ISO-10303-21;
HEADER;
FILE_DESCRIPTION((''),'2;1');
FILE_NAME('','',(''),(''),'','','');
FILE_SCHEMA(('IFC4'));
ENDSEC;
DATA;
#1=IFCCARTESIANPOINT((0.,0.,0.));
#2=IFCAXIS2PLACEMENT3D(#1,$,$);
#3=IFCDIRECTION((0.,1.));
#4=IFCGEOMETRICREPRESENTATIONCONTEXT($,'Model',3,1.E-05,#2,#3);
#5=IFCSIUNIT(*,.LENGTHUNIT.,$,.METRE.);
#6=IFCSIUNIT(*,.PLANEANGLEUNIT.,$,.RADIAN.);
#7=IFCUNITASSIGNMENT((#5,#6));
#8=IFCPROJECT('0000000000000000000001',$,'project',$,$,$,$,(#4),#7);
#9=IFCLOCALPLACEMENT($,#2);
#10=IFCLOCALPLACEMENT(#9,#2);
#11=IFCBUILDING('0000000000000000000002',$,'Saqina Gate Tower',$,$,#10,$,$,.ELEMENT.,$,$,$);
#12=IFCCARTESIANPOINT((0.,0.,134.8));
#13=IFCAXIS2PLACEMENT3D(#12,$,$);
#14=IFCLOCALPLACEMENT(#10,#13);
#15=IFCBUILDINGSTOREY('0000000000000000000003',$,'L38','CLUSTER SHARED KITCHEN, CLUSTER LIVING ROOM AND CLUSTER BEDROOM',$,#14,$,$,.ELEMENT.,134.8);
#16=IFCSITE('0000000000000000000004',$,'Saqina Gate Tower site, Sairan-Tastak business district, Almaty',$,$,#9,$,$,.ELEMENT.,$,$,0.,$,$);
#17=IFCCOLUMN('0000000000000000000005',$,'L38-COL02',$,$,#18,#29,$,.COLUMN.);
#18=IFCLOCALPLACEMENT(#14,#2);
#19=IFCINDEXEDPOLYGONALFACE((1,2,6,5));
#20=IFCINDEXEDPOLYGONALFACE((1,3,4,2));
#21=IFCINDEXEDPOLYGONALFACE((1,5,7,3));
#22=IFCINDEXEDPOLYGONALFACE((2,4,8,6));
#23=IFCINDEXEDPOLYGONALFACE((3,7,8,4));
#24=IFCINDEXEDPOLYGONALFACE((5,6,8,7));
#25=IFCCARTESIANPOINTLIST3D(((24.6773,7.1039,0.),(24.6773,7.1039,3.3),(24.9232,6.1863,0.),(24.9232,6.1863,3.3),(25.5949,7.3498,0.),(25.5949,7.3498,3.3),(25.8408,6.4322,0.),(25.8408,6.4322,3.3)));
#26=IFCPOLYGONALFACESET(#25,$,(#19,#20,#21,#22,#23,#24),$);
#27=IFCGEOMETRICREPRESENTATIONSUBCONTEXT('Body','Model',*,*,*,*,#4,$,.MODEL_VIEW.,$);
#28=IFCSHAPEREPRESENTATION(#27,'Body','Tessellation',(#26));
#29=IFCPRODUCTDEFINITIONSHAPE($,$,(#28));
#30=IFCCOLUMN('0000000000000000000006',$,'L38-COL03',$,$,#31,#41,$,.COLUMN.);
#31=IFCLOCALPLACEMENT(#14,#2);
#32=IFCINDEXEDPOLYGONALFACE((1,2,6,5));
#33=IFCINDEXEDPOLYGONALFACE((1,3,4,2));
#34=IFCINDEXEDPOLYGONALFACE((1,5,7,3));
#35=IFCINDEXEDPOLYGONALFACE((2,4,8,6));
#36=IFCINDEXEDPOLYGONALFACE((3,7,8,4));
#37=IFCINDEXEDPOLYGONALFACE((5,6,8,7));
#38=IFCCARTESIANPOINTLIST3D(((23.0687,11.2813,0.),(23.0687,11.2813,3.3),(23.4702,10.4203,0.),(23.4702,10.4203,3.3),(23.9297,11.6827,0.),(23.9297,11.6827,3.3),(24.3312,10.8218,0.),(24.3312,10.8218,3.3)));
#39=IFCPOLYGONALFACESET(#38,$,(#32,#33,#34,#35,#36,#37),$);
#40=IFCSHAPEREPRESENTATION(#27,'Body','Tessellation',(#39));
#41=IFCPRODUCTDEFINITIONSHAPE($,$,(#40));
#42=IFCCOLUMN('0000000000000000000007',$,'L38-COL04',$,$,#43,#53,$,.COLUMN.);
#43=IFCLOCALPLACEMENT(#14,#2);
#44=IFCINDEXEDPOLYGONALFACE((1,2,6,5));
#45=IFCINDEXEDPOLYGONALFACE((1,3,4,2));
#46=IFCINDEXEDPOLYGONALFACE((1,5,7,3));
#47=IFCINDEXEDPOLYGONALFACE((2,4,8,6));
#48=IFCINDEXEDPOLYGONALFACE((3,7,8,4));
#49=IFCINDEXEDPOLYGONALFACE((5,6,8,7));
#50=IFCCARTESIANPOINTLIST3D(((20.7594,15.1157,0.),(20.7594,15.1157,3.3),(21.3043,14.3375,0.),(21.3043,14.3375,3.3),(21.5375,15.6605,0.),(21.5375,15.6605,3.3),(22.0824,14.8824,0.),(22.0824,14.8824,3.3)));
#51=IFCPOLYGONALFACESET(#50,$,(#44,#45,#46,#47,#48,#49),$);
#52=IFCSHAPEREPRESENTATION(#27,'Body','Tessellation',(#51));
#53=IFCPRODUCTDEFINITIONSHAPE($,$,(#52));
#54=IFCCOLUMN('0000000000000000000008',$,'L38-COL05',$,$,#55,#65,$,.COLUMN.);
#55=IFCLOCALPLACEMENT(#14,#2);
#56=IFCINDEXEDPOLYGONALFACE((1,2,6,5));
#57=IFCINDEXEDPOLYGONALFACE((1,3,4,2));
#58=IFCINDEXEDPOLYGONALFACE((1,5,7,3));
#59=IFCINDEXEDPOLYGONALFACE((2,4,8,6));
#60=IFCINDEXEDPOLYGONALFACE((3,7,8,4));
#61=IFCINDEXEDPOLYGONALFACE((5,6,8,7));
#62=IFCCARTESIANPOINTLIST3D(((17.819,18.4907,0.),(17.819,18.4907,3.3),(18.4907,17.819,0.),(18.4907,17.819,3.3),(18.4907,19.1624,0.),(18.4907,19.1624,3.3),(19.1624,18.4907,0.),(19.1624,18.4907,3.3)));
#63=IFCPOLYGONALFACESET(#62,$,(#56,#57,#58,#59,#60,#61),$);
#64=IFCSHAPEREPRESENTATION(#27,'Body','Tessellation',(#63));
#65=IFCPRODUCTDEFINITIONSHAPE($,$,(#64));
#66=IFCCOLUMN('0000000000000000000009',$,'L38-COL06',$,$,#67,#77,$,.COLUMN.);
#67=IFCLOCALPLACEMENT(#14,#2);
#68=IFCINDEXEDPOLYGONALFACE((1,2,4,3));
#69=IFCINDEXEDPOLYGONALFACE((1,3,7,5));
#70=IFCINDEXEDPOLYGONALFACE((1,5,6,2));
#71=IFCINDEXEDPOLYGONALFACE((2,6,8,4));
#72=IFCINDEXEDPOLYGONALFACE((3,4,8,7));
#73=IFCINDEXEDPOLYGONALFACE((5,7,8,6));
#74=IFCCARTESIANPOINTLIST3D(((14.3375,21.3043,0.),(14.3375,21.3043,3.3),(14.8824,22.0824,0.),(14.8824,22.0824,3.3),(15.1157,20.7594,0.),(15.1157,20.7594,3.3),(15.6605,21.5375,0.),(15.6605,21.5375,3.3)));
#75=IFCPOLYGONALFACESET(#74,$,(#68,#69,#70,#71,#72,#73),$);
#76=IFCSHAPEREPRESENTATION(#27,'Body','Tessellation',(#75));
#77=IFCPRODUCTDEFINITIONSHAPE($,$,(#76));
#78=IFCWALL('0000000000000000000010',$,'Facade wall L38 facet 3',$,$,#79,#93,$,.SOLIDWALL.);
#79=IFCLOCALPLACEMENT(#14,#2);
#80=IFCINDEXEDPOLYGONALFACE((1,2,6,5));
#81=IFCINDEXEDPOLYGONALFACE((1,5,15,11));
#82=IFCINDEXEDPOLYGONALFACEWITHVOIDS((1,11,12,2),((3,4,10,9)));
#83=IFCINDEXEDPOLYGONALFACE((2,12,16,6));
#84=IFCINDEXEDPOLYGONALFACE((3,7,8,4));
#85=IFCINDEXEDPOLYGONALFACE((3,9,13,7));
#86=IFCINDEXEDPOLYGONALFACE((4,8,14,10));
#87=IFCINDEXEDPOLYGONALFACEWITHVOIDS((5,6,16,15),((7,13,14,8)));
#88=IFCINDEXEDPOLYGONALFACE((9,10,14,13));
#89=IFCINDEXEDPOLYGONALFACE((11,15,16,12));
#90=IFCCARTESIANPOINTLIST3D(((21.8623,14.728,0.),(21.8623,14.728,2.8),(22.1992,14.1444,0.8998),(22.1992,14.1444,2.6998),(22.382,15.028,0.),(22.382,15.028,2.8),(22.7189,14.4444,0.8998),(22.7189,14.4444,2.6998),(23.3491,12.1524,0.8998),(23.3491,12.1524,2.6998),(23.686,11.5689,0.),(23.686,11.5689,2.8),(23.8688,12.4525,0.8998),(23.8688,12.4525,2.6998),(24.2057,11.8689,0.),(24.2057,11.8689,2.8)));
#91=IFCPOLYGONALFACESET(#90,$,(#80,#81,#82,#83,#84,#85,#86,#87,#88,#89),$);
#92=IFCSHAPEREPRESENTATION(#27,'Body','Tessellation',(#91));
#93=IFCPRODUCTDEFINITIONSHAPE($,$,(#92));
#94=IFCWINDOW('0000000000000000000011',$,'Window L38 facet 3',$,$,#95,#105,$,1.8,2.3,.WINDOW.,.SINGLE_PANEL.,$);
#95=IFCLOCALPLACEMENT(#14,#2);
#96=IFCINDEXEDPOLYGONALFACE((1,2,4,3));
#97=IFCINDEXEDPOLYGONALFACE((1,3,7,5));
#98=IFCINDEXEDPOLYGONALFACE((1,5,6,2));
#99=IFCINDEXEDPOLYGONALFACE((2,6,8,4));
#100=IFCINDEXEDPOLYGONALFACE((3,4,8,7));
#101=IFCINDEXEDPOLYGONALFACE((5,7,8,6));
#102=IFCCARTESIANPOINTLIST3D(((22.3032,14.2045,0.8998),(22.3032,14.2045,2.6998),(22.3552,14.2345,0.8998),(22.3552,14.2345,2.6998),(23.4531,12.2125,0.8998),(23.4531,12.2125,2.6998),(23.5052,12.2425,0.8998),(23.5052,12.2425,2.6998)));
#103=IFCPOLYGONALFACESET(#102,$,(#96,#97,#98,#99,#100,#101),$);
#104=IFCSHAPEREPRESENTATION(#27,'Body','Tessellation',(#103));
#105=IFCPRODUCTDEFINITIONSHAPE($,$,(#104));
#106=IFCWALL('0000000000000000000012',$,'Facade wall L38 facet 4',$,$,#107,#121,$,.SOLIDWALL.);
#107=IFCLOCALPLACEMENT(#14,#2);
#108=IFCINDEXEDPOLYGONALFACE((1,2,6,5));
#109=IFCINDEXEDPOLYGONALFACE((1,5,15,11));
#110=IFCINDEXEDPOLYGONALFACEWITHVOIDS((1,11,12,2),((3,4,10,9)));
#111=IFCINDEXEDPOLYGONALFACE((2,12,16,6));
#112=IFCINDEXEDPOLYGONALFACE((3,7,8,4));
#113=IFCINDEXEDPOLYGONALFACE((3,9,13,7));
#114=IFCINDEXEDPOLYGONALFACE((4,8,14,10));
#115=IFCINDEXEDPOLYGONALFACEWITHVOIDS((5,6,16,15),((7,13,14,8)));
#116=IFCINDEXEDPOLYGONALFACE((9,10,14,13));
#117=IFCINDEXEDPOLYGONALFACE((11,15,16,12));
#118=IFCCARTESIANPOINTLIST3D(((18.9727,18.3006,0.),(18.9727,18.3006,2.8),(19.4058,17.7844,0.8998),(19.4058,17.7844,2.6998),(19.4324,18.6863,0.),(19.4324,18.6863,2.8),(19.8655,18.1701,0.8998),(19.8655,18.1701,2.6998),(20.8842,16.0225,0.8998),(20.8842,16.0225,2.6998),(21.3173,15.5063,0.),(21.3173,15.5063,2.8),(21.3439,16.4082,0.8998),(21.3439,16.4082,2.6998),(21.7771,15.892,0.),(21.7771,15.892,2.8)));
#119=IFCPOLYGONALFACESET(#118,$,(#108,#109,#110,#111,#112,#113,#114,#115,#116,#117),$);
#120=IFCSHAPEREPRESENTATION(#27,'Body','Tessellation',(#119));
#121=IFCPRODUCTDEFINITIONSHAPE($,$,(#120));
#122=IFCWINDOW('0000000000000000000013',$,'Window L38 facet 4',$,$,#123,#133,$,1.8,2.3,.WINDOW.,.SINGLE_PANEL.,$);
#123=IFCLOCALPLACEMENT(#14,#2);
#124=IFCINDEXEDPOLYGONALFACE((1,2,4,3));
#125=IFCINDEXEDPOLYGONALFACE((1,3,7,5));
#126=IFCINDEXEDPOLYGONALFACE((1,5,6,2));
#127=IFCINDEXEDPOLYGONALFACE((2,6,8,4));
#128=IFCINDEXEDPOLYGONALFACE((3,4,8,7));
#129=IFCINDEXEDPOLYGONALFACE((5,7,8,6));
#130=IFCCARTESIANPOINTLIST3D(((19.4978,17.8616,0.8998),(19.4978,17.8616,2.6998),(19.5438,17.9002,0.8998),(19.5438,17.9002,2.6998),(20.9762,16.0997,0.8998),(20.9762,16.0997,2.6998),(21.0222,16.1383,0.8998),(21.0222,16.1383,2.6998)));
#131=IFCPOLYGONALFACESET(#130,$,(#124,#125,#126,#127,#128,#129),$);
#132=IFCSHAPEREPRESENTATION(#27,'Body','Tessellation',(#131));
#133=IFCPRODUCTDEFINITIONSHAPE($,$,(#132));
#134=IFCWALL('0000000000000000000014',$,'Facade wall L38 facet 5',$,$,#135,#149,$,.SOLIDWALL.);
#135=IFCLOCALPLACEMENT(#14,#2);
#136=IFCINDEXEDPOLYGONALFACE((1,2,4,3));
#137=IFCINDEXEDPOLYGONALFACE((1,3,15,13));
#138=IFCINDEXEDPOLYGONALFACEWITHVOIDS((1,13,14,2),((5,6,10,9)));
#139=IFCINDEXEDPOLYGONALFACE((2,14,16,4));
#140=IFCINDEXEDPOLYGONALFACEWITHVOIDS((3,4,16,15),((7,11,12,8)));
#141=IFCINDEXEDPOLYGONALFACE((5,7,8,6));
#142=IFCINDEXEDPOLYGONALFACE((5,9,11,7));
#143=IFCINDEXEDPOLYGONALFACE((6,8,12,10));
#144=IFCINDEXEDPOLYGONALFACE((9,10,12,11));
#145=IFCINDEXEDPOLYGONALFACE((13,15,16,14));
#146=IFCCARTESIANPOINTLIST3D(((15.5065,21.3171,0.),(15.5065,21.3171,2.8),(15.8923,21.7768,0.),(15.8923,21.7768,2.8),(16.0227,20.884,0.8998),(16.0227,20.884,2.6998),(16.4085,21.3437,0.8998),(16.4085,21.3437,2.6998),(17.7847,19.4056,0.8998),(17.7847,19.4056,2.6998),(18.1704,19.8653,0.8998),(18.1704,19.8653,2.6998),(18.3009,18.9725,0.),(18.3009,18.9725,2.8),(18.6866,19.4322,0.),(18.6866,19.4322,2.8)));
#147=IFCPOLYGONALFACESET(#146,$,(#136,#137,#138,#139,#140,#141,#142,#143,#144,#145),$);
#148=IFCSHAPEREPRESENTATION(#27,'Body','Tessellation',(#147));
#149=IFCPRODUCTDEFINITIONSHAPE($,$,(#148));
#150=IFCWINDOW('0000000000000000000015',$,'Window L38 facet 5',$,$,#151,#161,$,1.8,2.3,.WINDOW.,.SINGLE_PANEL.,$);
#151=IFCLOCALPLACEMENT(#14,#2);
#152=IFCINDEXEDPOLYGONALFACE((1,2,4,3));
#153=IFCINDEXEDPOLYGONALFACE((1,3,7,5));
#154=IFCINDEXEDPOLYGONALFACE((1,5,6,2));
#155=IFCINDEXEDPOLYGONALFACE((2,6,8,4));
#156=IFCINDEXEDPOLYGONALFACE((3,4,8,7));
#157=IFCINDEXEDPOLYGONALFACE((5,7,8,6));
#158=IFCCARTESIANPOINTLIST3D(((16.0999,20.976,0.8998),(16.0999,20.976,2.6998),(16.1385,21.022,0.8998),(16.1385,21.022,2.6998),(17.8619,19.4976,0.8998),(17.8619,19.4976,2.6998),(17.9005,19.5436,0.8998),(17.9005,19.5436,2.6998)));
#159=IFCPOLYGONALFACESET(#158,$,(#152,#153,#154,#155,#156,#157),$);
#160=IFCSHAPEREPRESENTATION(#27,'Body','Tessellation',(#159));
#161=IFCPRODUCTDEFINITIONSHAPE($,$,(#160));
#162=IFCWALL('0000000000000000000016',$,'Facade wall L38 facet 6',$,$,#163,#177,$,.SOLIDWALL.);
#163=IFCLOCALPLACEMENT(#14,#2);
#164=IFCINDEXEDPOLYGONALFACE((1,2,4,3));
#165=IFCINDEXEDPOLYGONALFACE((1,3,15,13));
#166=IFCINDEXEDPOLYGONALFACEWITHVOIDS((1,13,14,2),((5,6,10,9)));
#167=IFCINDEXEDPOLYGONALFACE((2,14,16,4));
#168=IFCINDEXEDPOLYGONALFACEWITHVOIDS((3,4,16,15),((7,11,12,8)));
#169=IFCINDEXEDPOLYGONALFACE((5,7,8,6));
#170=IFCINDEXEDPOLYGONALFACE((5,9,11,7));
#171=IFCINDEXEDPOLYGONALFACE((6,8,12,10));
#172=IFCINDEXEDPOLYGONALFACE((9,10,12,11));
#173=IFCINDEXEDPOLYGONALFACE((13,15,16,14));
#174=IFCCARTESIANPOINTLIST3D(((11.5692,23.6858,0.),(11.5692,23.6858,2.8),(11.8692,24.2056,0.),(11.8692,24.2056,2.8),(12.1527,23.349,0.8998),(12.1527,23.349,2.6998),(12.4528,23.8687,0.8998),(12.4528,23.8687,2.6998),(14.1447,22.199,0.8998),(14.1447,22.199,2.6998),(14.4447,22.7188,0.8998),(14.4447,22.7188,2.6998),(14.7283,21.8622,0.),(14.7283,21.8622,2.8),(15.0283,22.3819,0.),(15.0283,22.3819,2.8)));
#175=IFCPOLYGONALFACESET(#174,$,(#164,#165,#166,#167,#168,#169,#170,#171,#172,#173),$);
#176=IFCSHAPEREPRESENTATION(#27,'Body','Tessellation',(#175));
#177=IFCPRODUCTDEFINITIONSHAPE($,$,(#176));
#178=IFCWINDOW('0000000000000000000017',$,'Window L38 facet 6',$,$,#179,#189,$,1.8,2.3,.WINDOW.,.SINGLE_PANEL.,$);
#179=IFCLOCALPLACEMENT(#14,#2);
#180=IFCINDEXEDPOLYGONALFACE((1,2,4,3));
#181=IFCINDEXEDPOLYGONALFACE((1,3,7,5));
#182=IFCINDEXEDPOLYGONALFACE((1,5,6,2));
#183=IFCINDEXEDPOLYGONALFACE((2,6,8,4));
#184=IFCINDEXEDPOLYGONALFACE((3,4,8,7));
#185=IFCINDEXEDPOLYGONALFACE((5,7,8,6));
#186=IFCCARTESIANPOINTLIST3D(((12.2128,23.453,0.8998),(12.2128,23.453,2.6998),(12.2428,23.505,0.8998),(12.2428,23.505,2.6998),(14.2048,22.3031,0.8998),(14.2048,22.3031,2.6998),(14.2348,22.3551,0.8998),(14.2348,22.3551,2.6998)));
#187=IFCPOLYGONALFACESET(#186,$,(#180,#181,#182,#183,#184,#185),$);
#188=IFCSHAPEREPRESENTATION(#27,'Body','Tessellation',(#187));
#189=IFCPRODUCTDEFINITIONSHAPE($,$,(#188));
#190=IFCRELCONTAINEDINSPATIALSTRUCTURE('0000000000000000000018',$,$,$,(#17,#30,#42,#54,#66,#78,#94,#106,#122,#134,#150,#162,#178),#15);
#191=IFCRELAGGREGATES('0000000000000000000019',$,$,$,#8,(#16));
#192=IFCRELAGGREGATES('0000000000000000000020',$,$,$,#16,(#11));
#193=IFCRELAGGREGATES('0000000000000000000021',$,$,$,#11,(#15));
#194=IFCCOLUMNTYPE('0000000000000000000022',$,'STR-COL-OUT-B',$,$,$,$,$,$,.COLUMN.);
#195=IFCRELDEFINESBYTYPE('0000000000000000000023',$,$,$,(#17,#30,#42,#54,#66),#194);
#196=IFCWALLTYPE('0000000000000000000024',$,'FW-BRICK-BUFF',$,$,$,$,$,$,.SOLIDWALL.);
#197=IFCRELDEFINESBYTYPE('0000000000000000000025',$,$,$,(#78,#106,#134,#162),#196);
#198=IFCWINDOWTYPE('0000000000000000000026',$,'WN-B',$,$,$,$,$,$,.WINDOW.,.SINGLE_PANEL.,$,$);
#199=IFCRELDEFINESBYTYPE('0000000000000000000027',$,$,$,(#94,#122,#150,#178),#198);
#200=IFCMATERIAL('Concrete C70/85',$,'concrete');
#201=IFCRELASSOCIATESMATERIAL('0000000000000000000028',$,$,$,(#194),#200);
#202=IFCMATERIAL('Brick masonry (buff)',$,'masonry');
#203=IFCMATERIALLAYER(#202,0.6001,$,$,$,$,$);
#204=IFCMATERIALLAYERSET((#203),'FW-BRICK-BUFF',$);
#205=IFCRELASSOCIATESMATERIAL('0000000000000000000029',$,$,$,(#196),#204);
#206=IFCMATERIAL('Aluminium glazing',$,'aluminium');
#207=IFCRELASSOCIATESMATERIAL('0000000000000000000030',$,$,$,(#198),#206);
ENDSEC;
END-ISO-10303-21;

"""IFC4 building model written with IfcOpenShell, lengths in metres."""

from ifc_helpers import new_model, si_unit, direction, frame, frame_2d, origin, origin_2d, place, context, subcontext, project, spatial, rectangle, extrude, material, layer, layer_set, material_profile, profile_set, type_object, element, fill, save


model = new_model("IFC4")

# Units and contexts
model_context = context("Model", 3, precision=1e-05, world=origin(), true_north=direction((0.0, 1.0)))
body_context = subcontext(model_context, "Body", "Model", "MODEL_VIEW")
ifc_project = project(units=[si_unit("LENGTHUNIT", "METRE"), si_unit("PLANEANGLEUNIT", "RADIAN")], contexts=[model_context])

# Site, building, storey
site_placement = place(None, origin())
site = spatial("IfcSite", under=ifc_project, at=site_placement, Name="Saqina Gate Tower site, Sairan-Tastak business district, Almaty", CompositionType="ELEMENT", RefElevation=0.0)
building_placement = place(site_placement, origin())
building = spatial("IfcBuilding", under=site, at=building_placement, Name="Saqina Gate Tower", CompositionType="ELEMENT")
storey_placement = place(building_placement, frame((0.0, 0.0, 134.8)))
storey = spatial("IfcBuildingStorey", under=building, at=storey_placement, Name="L38", Description="CLUSTER SHARED KITCHEN, CLUSTER LIVING ROOM AND CLUSTER BEDROOM", CompositionType="ELEMENT", Elevation=134.8)

# Columns
ifc_material_1 = material(Name="Concrete C70/85", Category="concrete")
ifc_material_profile = material_profile(ifc_material_1, rectangle(XDim=0.95, YDim=0.95, at=origin_2d()), Name="RC 950x950")
ifc_profile_set = profile_set([ifc_material_profile], Name="Concrete C70/85")
column_type = type_object("IfcColumnType", Name="STR-COL-OUT-B", PredefinedType="COLUMN", material=ifc_profile_set)
for number, where, z_axis, x_axis, name in (
    (1, (25.259, 6.7681, 0.0), (0.0, 0.0, 1.0), (0.965926, 0.258819, 0.0), "L38-COL02"),
    (2, (23.7, 11.0515, 0.0), (0.0, 0.0, 1.0), (0.906308, 0.422618, 0.0), "L38-COL03"),
    (3, (21.4209, 14.999, 0.0), (0.0, 0.0, 1.0), (0.819152, 0.573576, 0.0), "L38-COL04"),
    (4, (18.4907, 18.4907, 0.0), (0.0, 0.0, 1.0), (0.707107, 0.707107, 0.0), "L38-COL05"),
    (5, (14.999, 21.4209, 0.0), (0.0, 0.0, 1.0), (0.573576, 0.819152, 0.0), "L38-COL06"),
):
    element("IfcColumn", number, at=place(storey_placement, frame(where, z_axis=z_axis, x_axis=x_axis)), inside=storey, type_object=column_type, Name=name, PredefinedType="COLUMN", context=body_context, shape_type="SweptSolid", body=[
        extrude(rectangle(XDim=0.95, YDim=0.95, at=origin_2d()), origin(), (0.0, 0.0, 1.0), 3.3),
    ])

# Walls, openings, windows
ifc_material_2 = material(Name="Brick masonry (buff)", Category="masonry")
ifc_layer_1 = layer(ifc_material_2, 0.6001)
ifc_layer_set_1 = layer_set([ifc_layer_1], Name="FW-BRICK-BUFF")
wall_type_1 = type_object("IfcWallType", Name="FW-BRICK-BUFF", PredefinedType="SOLIDWALL", material=ifc_layer_set_1)
wall_1_placement = place(storey_placement, frame((23.9458, 11.719, 0.0), z_axis=(0.0, 0.0, 1.0), x_axis=(-0.499954, 0.866052, 0.0)))
wall_1 = element("IfcWall", 6, at=wall_1_placement, inside=storey, type_object=wall_type_1, Name="Facade wall L38 facet 3", PredefinedType="SOLIDWALL", context=body_context, shape_type="SweptSolid", body=[
    extrude(rectangle(XDim=3.6477, YDim=0.6001, at=frame_2d((1.8237, 0.0))), origin(), (0.0, 0.0, 1.0), 2.8),
])
opening_1_placement = place(wall_1_placement, frame((0.6738, 0.0, 0.8999)))
opening_1 = element("IfcOpeningElement", 7, at=opening_1_placement, cuts=wall_1, PredefinedType="OPENING", context=body_context, shape_type="SweptSolid", body=[
    extrude(rectangle(XDim=2.3, YDim=1.8, at=frame_2d((1.1499, 0.8999))), frame((0.0, 0.312, 0.0), z_axis=(0.0, -1.0, 0.0), x_axis=(1.0, 0.0, 0.0)), (0.0, 0.0, 1.0), 0.624),
])
ifc_material_3 = material(Name="Aluminium glazing", Category="aluminium")
window_type = type_object("IfcWindowType", Name="WN-B", PartitioningType="SINGLE_PANEL", PredefinedType="WINDOW", material=ifc_material_3)
window_1_placement = place(opening_1_placement, origin())
window_1 = element("IfcWindow", 8, at=window_1_placement, inside=storey, type_object=window_type, Name="Window L38 facet 3", OverallHeight=1.8, OverallWidth=2.3, PartitioningType="SINGLE_PANEL", PredefinedType="WINDOW", context=body_context, shape_type="SweptSolid", body=[
    extrude(rectangle(XDim=2.3, YDim=1.8, at=frame_2d((1.1499, 0.8999))), frame((0.0, 0.1799, 0.0), z_axis=(0.0, -1.0, 0.0), x_axis=(1.0, 0.0, 0.0)), (0.0, 0.0, 1.0), 0.0601),
])
fill(opening_1, window_1)
wall_2_placement = place(storey_placement, frame((21.5471, 15.6992, 0.0), z_axis=(0.0, 0.0, 1.0), x_axis=(-0.642774, 0.766055, 0.0)))
wall_2 = element("IfcWall", 9, at=wall_2_placement, inside=storey, type_object=wall_type_1, Name="Facade wall L38 facet 4", PredefinedType="SOLIDWALL", context=body_context, shape_type="SweptSolid", body=[
    extrude(rectangle(XDim=3.6477, YDim=0.6001, at=frame_2d((1.8237, 0.0))), origin(), (0.0, 0.0, 1.0), 2.8),
])
opening_2_placement = place(wall_2_placement, frame((0.6738, 0.0, 0.8999)))
opening_2 = element("IfcOpeningElement", 10, at=opening_2_placement, cuts=wall_2, PredefinedType="OPENING", context=body_context, shape_type="SweptSolid", body=[
    extrude(rectangle(XDim=2.3, YDim=1.8, at=frame_2d((1.1499, 0.8999))), frame((0.0, 0.312, 0.0), z_axis=(0.0, -1.0, 0.0), x_axis=(1.0, 0.0, 0.0)), (0.0, 0.0, 1.0), 0.624),
])
window_2_placement = place(opening_2_placement, origin())
window_2 = element("IfcWindow", 11, at=window_2_placement, inside=storey, type_object=window_type, Name="Window L38 facet 4", OverallHeight=1.8, OverallWidth=2.3, PartitioningType="SINGLE_PANEL", PredefinedType="WINDOW", context=body_context, shape_type="SweptSolid", body=[
    extrude(rectangle(XDim=2.3, YDim=1.8, at=frame_2d((1.1499, 0.8999))), frame((0.0, 0.1799, 0.0), z_axis=(0.0, -1.0, 0.0), x_axis=(1.0, 0.0, 0.0)), (0.0, 0.0, 1.0), 0.0601),
])
fill(opening_2, window_2)
wall_3_placement = place(storey_placement, frame((18.4937, 19.2024, 0.0), z_axis=(0.0, 0.0, 1.0), x_axis=(-0.766055, 0.642774, 0.0)))
wall_3 = element("IfcWall", 12, at=wall_3_placement, inside=storey, type_object=wall_type_1, Name="Facade wall L38 facet 5", PredefinedType="SOLIDWALL", context=body_context, shape_type="SweptSolid", body=[
    extrude(rectangle(XDim=3.6477, YDim=0.6001, at=frame_2d((1.8237, 0.0))), origin(), (0.0, 0.0, 1.0), 2.8),
])
opening_3_placement = place(wall_3_placement, frame((0.6738, 0.0, 0.8999)))
opening_3 = element("IfcOpeningElement", 13, at=opening_3_placement, cuts=wall_3, PredefinedType="OPENING", context=body_context, shape_type="SweptSolid", body=[
    extrude(rectangle(XDim=2.3, YDim=1.8, at=frame_2d((1.1499, 0.8999))), frame((0.0, 0.312, 0.0), z_axis=(0.0, -1.0, 0.0), x_axis=(1.0, 0.0, 0.0)), (0.0, 0.0, 1.0), 0.624),
])
window_3_placement = place(opening_3_placement, origin())
window_3 = element("IfcWindow", 14, at=window_3_placement, inside=storey, type_object=window_type, Name="Window L38 facet 5", OverallHeight=1.8, OverallWidth=2.3, PartitioningType="SINGLE_PANEL", PredefinedType="WINDOW", context=body_context, shape_type="SweptSolid", body=[
    extrude(rectangle(XDim=2.3, YDim=1.8, at=frame_2d((1.1499, 0.8999))), frame((0.0, 0.1799, 0.0), z_axis=(0.0, -1.0, 0.0), x_axis=(1.0, 0.0, 0.0)), (0.0, 0.0, 1.0), 0.0601),
])
fill(opening_3, window_3)
wall_4_placement = place(storey_placement, frame((14.8782, 22.1221, 0.0), z_axis=(0.0, 0.0, 1.0), x_axis=(-0.866052, 0.499954, 0.0)))
wall_4 = element("IfcWall", 15, at=wall_4_placement, inside=storey, type_object=wall_type_1, Name="Facade wall L38 facet 6", PredefinedType="SOLIDWALL", context=body_context, shape_type="SweptSolid", body=[
    extrude(rectangle(XDim=3.6477, YDim=0.6001, at=frame_2d((1.8237, 0.0))), origin(), (0.0, 0.0, 1.0), 2.8),
])
opening_4_placement = place(wall_4_placement, frame((0.6738, 0.0, 0.8999)))
opening_4 = element("IfcOpeningElement", 16, at=opening_4_placement, cuts=wall_4, PredefinedType="OPENING", context=body_context, shape_type="SweptSolid", body=[
    extrude(rectangle(XDim=2.3, YDim=1.8, at=frame_2d((1.1499, 0.8999))), frame((0.0, 0.312, 0.0), z_axis=(0.0, -1.0, 0.0), x_axis=(1.0, 0.0, 0.0)), (0.0, 0.0, 1.0), 0.624),
])
window_4_placement = place(opening_4_placement, origin())
window_4 = element("IfcWindow", 17, at=window_4_placement, inside=storey, type_object=window_type, Name="Window L38 facet 6", OverallHeight=1.8, OverallWidth=2.3, PartitioningType="SINGLE_PANEL", PredefinedType="WINDOW", context=body_context, shape_type="SweptSolid", body=[
    extrude(rectangle(XDim=2.3, YDim=1.8, at=frame_2d((1.1499, 0.8999))), frame((0.0, 0.1799, 0.0), z_axis=(0.0, -1.0, 0.0), x_axis=(1.0, 0.0, 0.0)), (0.0, 0.0, 1.0), 0.0601),
])
fill(opening_4, window_4)

save(model, "model.ifc")
